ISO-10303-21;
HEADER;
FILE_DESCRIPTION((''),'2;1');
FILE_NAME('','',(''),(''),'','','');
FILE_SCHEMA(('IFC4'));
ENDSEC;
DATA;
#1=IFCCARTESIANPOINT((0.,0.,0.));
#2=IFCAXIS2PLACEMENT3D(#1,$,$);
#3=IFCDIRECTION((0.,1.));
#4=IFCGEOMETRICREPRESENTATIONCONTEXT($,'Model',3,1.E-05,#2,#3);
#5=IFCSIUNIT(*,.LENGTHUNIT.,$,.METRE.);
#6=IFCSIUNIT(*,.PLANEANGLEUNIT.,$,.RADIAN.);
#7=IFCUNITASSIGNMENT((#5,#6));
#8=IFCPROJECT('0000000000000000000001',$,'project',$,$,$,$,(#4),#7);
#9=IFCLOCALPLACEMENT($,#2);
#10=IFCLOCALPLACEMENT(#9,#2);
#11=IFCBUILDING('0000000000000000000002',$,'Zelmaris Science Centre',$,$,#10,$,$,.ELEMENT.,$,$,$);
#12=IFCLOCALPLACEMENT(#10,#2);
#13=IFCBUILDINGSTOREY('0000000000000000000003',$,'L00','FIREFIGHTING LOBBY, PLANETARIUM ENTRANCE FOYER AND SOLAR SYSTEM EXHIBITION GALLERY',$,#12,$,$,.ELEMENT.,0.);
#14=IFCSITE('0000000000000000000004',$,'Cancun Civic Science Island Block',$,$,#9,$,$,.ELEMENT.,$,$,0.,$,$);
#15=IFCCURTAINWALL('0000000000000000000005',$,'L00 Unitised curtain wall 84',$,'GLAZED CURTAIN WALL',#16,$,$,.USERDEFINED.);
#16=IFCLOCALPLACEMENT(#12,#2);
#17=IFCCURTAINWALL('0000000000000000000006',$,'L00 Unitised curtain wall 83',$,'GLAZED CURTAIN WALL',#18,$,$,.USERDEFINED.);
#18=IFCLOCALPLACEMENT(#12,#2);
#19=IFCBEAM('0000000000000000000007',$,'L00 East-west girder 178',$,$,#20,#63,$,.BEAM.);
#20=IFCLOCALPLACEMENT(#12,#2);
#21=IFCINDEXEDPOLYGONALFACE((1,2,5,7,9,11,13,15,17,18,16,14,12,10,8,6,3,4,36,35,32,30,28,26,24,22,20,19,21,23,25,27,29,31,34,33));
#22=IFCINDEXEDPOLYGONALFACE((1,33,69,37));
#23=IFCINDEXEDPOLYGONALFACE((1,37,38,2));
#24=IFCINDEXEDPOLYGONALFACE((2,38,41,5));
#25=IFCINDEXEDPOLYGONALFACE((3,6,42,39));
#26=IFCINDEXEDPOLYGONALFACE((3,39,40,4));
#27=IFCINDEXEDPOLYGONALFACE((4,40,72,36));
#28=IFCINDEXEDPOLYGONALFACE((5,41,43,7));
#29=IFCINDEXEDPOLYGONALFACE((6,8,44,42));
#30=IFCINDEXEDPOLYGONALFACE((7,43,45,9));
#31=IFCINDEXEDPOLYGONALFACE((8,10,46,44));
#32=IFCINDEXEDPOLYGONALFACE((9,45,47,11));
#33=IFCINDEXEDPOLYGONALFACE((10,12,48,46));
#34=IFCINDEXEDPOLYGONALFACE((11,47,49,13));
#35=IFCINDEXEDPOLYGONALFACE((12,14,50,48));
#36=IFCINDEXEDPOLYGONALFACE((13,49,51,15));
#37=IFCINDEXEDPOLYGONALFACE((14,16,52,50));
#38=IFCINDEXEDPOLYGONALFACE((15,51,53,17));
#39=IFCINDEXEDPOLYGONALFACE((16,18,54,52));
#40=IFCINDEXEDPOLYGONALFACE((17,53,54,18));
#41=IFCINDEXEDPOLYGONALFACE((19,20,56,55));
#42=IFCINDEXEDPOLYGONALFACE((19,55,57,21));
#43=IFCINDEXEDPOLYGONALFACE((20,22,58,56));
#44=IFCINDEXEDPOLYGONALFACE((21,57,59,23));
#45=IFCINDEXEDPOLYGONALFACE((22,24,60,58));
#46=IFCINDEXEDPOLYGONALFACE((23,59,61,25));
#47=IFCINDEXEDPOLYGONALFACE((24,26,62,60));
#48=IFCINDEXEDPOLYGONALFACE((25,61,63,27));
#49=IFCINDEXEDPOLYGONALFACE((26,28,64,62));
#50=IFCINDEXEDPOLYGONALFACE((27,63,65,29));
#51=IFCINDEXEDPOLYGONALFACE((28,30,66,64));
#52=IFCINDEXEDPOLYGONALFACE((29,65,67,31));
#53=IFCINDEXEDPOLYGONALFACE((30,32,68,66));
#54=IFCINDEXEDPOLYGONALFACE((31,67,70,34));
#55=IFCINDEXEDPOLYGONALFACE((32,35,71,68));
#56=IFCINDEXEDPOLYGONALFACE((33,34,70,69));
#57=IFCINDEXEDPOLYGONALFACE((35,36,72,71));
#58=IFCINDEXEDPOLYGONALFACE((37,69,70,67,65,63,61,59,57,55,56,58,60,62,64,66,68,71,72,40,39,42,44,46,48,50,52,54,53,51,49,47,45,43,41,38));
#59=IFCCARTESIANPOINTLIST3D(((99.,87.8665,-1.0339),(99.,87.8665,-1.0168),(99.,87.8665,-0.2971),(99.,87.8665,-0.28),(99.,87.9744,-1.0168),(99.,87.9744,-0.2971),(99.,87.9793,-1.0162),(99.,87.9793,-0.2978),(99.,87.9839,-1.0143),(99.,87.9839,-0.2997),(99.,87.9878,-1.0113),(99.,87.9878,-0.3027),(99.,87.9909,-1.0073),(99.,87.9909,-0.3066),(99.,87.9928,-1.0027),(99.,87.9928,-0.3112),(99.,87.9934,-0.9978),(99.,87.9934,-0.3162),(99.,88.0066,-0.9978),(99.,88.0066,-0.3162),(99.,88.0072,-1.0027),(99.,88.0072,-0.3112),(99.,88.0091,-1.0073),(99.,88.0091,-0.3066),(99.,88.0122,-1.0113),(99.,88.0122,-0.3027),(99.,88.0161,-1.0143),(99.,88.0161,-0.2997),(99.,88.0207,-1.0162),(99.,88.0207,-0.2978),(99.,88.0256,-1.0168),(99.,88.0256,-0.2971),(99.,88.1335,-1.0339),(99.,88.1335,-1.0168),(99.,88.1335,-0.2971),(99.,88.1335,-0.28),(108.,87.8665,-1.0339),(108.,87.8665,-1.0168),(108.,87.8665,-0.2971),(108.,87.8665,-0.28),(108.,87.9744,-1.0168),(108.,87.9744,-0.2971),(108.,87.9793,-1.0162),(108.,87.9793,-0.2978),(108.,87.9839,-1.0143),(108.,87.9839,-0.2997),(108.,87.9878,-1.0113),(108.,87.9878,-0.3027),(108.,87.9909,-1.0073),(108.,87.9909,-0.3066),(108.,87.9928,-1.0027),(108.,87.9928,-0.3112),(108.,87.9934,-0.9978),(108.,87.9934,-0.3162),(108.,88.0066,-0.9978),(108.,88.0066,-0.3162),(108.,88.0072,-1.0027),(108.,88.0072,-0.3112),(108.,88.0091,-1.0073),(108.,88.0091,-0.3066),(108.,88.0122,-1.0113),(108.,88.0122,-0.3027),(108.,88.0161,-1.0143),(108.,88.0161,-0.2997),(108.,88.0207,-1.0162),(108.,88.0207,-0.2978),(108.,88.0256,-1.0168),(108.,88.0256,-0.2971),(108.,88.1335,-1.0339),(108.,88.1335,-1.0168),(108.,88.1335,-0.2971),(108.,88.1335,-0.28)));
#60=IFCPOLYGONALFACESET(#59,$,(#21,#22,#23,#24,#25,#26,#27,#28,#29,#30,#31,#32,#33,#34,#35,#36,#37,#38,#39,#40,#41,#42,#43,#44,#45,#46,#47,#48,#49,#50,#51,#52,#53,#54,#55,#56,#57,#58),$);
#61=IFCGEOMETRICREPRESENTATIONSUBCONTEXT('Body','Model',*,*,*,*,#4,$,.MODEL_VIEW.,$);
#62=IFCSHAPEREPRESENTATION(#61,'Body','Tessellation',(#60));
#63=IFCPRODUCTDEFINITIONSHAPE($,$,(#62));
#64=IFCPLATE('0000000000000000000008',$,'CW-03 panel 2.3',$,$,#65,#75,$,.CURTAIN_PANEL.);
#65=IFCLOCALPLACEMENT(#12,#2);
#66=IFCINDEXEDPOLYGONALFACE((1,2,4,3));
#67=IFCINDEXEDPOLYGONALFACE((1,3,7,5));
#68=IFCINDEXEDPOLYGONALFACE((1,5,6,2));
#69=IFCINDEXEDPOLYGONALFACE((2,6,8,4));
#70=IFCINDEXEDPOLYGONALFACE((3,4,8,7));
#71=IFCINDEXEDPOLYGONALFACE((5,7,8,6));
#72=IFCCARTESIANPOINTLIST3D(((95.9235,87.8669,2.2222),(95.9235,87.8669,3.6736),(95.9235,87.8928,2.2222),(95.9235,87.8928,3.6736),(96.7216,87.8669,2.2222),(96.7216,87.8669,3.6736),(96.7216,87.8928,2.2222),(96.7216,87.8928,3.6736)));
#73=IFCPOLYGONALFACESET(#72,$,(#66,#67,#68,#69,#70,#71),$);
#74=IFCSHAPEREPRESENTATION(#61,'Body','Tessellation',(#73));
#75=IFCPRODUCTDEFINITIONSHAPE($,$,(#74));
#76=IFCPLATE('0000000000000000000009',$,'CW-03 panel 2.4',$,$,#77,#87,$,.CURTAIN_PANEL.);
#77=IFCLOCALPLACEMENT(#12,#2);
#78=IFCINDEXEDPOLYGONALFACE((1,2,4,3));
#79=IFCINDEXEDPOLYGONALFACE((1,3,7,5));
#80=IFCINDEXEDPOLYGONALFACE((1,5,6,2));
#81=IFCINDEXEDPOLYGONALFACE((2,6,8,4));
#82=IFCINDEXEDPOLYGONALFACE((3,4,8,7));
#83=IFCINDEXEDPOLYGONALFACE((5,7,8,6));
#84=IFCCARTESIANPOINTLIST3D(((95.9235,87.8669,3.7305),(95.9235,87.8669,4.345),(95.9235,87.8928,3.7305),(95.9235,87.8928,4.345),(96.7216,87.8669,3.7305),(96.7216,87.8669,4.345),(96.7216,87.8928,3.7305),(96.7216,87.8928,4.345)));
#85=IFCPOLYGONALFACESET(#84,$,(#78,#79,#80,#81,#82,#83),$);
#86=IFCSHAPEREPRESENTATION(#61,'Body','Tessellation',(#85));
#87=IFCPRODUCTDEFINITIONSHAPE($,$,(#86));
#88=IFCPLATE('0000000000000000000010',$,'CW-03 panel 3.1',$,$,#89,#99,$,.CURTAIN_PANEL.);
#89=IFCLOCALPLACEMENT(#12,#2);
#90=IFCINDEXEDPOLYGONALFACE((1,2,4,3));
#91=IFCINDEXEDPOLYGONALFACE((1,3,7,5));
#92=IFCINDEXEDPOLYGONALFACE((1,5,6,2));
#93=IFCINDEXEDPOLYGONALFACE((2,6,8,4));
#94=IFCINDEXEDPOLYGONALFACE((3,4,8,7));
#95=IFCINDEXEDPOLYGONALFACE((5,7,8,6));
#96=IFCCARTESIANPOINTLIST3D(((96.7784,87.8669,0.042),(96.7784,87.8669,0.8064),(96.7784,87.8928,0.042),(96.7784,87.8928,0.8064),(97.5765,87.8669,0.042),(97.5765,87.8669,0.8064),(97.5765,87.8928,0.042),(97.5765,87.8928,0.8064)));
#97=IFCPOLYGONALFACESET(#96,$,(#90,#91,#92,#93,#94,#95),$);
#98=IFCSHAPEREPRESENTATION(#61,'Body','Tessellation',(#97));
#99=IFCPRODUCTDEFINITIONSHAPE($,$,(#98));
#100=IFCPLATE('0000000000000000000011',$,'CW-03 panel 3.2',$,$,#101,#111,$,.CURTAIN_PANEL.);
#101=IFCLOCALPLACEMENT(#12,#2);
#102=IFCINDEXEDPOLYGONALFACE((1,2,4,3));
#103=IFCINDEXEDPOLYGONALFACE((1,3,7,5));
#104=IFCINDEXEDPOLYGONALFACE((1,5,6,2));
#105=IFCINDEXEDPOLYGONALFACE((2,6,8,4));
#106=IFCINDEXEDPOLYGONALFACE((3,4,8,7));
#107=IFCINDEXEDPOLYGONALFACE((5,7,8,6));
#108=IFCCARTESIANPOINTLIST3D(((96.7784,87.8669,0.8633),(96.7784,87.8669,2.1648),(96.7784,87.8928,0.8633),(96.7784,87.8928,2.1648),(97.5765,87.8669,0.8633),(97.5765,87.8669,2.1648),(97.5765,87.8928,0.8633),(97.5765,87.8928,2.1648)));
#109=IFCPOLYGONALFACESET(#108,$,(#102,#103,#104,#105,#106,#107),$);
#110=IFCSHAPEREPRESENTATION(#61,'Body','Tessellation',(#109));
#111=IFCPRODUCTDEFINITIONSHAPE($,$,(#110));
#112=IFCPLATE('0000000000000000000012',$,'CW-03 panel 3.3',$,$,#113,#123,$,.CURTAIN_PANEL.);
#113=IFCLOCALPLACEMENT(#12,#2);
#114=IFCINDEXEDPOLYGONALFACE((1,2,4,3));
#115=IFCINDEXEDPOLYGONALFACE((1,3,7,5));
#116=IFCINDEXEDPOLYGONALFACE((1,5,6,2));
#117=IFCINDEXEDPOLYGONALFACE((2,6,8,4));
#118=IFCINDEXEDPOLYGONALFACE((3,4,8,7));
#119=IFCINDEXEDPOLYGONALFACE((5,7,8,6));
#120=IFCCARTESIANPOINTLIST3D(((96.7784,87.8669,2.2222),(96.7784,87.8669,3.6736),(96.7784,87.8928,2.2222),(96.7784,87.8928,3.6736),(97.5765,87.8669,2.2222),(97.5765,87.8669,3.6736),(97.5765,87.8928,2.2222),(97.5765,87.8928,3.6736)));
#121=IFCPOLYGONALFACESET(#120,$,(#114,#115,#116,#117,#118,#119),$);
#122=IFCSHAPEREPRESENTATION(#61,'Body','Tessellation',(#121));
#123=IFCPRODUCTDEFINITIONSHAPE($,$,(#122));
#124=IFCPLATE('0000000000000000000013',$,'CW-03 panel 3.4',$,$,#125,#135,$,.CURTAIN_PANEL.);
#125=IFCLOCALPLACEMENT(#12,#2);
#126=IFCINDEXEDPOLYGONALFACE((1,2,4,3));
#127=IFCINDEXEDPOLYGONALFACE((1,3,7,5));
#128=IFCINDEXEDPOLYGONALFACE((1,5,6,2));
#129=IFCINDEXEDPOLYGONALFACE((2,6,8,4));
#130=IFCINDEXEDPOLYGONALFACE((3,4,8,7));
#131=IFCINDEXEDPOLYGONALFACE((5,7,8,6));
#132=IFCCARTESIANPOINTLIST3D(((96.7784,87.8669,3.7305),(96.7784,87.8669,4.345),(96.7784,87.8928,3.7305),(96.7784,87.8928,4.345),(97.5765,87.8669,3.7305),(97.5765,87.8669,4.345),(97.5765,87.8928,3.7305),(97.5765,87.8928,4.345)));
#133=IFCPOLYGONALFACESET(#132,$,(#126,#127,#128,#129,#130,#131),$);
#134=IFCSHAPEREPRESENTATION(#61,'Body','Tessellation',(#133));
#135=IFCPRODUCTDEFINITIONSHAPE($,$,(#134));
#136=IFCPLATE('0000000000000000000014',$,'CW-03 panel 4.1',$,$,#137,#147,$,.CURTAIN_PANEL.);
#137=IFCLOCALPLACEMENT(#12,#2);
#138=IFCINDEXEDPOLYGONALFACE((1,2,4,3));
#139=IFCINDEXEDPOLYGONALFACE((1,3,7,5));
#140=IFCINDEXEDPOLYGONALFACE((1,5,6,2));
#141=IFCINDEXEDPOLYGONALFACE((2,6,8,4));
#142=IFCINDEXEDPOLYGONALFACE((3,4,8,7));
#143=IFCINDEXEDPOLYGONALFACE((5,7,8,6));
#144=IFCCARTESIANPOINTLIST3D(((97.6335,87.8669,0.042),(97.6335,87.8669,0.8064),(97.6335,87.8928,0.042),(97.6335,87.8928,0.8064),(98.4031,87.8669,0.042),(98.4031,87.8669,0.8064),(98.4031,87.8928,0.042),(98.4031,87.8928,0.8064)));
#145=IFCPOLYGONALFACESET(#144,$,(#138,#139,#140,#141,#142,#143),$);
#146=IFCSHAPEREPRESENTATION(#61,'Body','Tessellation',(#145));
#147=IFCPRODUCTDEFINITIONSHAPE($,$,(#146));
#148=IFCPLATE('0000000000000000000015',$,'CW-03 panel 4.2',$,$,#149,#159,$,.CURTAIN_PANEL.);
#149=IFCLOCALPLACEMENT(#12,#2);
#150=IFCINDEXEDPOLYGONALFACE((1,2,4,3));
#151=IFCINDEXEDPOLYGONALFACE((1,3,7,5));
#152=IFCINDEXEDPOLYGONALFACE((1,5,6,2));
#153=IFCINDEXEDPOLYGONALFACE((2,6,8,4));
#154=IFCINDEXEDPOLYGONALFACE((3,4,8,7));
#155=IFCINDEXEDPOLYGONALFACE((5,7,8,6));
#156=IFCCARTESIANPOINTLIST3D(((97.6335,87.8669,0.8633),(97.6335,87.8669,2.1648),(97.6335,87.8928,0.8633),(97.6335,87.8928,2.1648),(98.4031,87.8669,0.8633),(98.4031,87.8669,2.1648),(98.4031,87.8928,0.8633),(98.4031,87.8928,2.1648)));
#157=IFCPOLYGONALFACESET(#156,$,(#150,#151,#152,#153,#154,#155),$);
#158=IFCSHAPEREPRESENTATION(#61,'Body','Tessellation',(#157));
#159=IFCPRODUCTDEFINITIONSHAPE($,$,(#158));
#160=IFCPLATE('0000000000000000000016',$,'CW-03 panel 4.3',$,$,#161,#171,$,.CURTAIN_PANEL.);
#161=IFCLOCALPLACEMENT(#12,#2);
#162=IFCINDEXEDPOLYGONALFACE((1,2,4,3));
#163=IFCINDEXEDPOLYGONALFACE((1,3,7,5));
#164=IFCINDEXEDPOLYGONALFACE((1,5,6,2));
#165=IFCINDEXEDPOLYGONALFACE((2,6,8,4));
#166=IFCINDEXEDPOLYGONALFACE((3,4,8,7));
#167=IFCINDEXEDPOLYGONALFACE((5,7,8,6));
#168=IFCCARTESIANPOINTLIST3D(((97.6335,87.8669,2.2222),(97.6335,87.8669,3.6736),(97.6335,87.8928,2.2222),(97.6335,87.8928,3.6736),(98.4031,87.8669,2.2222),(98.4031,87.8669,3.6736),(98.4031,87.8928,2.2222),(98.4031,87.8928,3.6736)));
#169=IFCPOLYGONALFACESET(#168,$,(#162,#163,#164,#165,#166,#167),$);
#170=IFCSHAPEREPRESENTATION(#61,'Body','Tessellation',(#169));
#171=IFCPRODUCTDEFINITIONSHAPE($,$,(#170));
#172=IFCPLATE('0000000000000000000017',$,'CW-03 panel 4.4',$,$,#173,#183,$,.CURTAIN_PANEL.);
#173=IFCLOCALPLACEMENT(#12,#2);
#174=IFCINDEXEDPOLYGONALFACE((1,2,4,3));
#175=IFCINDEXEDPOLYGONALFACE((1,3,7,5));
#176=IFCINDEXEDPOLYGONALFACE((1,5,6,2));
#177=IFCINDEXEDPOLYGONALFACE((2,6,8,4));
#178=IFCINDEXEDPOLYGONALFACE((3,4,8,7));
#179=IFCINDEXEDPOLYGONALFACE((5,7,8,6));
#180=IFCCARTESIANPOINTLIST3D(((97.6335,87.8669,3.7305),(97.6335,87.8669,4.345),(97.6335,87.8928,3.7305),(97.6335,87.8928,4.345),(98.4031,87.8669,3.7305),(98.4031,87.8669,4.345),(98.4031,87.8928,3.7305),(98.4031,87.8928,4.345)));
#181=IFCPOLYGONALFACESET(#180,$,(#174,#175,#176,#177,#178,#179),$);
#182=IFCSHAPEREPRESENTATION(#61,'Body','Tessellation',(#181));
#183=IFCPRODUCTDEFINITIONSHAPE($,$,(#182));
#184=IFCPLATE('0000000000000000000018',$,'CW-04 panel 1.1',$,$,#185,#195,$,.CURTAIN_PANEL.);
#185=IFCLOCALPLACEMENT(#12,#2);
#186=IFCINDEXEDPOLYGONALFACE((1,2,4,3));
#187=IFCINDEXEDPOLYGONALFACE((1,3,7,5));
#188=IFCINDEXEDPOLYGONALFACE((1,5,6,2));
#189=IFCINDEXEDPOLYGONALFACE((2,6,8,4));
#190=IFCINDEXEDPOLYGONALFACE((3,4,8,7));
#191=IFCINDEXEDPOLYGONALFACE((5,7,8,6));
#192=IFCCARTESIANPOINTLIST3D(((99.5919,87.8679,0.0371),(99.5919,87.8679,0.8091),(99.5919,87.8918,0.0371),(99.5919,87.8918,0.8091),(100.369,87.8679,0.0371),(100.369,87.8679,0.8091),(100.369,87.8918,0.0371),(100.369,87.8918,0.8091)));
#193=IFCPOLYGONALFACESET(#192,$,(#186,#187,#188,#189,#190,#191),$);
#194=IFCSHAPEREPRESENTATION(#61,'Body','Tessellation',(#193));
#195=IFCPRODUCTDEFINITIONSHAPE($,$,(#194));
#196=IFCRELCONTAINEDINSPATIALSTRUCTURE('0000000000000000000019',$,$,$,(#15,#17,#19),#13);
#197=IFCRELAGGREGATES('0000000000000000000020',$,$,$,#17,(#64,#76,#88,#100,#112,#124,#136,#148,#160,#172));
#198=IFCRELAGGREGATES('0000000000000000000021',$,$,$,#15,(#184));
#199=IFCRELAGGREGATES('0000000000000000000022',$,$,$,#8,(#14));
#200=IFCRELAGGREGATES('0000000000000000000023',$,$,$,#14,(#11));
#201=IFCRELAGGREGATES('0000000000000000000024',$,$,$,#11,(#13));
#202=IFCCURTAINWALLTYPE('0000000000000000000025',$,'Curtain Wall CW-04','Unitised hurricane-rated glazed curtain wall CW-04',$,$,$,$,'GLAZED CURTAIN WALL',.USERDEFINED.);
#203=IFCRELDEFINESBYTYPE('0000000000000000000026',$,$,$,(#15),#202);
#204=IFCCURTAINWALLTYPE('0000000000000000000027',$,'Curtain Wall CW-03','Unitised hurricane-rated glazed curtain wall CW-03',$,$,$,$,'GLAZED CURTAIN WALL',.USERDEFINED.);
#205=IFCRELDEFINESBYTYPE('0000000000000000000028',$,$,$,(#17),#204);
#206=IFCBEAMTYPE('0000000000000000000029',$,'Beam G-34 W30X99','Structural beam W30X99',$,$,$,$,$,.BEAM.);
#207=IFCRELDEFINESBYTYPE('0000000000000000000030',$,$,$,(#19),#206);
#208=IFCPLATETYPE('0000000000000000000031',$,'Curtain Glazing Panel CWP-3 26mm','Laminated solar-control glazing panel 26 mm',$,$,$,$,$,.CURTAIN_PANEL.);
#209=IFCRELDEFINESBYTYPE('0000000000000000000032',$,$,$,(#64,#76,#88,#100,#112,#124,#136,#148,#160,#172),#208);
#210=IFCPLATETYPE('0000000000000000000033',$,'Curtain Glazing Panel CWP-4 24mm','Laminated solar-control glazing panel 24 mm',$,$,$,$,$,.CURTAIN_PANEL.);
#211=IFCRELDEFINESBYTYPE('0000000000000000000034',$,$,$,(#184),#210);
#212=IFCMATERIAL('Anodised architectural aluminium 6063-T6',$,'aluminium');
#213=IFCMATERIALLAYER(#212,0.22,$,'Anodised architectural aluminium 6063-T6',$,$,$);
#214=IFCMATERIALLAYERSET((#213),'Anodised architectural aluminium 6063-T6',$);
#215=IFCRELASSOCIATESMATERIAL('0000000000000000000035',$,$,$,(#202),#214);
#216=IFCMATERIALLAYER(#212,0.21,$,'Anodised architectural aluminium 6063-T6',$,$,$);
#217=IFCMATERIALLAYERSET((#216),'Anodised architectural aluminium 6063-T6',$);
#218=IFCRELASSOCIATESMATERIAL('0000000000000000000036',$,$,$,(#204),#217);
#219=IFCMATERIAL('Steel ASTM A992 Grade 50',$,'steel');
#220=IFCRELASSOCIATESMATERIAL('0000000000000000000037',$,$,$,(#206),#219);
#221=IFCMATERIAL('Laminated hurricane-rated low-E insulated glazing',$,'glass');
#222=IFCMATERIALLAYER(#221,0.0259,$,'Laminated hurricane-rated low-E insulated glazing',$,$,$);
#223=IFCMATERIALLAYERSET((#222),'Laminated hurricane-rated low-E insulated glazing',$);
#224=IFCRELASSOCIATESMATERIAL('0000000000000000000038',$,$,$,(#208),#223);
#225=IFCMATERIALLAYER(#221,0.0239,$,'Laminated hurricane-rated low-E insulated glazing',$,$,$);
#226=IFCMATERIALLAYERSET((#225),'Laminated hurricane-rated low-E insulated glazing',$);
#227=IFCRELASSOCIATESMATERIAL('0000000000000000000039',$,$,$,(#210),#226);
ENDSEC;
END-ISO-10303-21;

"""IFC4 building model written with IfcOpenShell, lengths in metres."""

from ifc_helpers import new_model, si_unit, direction, frame, origin, origin_2d, place, context, subcontext, project, spatial, rectangle, i_section, extrude, material, layer, layer_set, material_profile, profile_set, type_object, element, aggregate, save


model = new_model("IFC4")

# Units and contexts
model_context = context("Model", 3, precision=1e-05, world=origin(), true_north=direction((0.0, 1.0)))
body_context = subcontext(model_context, "Body", "Model", "MODEL_VIEW")
ifc_project = project(units=[si_unit("LENGTHUNIT", "METRE"), si_unit("PLANEANGLEUNIT", "RADIAN")], contexts=[model_context])

# Site, building, storey
site_placement = place(None, origin())
site = spatial("IfcSite", under=ifc_project, at=site_placement, Name="Cancun Civic Science Island Block", CompositionType="ELEMENT", RefElevation=0.0)
building_placement = place(site_placement, origin())
building = spatial("IfcBuilding", under=site, at=building_placement, Name="Zelmaris Science Centre", CompositionType="ELEMENT")
storey_placement = place(building_placement, origin())
storey = spatial("IfcBuildingStorey", under=building, at=storey_placement, Name="L00", Description="FIREFIGHTING LOBBY, PLANETARIUM ENTRANCE FOYER AND SOLAR SYSTEM EXHIBITION GALLERY", CompositionType="ELEMENT", Elevation=0.0)

# Shared definitions
ifc_material_1 = material(Name="Steel ASTM A992 Grade 50", Category="steel")

# Curtain wall
ifc_material_2 = material(Name="Anodised architectural aluminium 6063-T6", Category="aluminium")
ifc_layer_1 = layer(ifc_material_2, 0.22, Name="Anodised architectural aluminium 6063-T6")
ifc_layer_set_1 = layer_set([ifc_layer_1], Name="Anodised architectural aluminium 6063-T6")
curtain_wall_type_1 = type_object("IfcCurtainWallType", Name="Curtain Wall CW-04", Description="Unitised hurricane-rated glazed curtain wall CW-04", ElementType="GLAZED CURTAIN WALL", PredefinedType="USERDEFINED", material=ifc_layer_set_1)
curtain_wall_1_placement = place(storey_placement, origin())
curtain_wall_1 = element("IfcCurtainWall", 1, at=curtain_wall_1_placement, inside=storey, type_object=curtain_wall_type_1, Name="L00 Unitised curtain wall 84", ObjectType="GLAZED CURTAIN WALL", PredefinedType="USERDEFINED")

# Curtain wall
ifc_layer_2 = layer(ifc_material_2, 0.21, Name="Anodised architectural aluminium 6063-T6")
ifc_layer_set_2 = layer_set([ifc_layer_2], Name="Anodised architectural aluminium 6063-T6")
curtain_wall_type_2 = type_object("IfcCurtainWallType", Name="Curtain Wall CW-03", Description="Unitised hurricane-rated glazed curtain wall CW-03", ElementType="GLAZED CURTAIN WALL", PredefinedType="USERDEFINED", material=ifc_layer_set_2)
curtain_wall_2_placement = place(storey_placement, origin())
curtain_wall_2 = element("IfcCurtainWall", 2, at=curtain_wall_2_placement, inside=storey, type_object=curtain_wall_type_2, Name="L00 Unitised curtain wall 83", ObjectType="GLAZED CURTAIN WALL", PredefinedType="USERDEFINED")

# Beam
ifc_material_profile_1 = material_profile(ifc_material_1, i_section(OverallWidth=0.2671, OverallDepth=0.7539, WebThickness=0.0132, FlangeThickness=0.0171, FilletRadius=0.019, at=origin_2d()), Name="W30X99")
ifc_profile_set_1 = profile_set([ifc_material_profile_1], Name="Steel ASTM A992 Grade 50")
beam_type = type_object("IfcBeamType", Name="Beam G-34 W30X99", Description="Structural beam W30X99", PredefinedType="BEAM", material=ifc_profile_set_1)
beam_placement = place(storey_placement, frame((99.0, 88.0, -0.657), z_axis=(1.0, 0.0, 0.0), x_axis=(0.0, 1.0, 0.0)))
element("IfcBeam", 3, at=beam_placement, inside=storey, type_object=beam_type, Name="L00 East-west girder 178", PredefinedType="BEAM", context=body_context, shape_type="SweptSolid", body=[
    extrude(i_section(OverallWidth=0.2671, OverallDepth=0.7539, WebThickness=0.0132, FlangeThickness=0.0171, FilletRadius=0.019, at=origin_2d()), origin(), (0.0, 0.0, 1.0), 9.0),
])

# Plates
ifc_material_3 = material(Name="Laminated hurricane-rated low-E insulated glazing", Category="glass")
ifc_layer_3 = layer(ifc_material_3, 0.0259, Name="Laminated hurricane-rated low-E insulated glazing")
ifc_layer_set_3 = layer_set([ifc_layer_3], Name="Laminated hurricane-rated low-E insulated glazing")
plate_type_1 = type_object("IfcPlateType", Name="Curtain Glazing Panel CWP-3 26mm", Description="Laminated solar-control glazing panel 26 mm", PredefinedType="CURTAIN_PANEL", material=ifc_layer_set_3)
plate_1_placement = place(storey_placement, frame((96.3225, 87.8799, 2.2222), z_axis=(0.0, 0.0, 1.0), x_axis=(1.0, 0.0, 0.0)))
plate_1 = element("IfcPlate", 4, at=plate_1_placement, type_object=plate_type_1, Name="CW-03 panel 2.3", PredefinedType="CURTAIN_PANEL", context=body_context, shape_type="SweptSolid", body=[
    extrude(rectangle(XDim=0.7981, YDim=0.0259, at=origin_2d()), origin(), (0.0, 0.0, 1.0), 1.4514),
])
plate_2_placement = place(storey_placement, frame((96.3225, 87.8799, 3.7305), z_axis=(0.0, 0.0, 1.0), x_axis=(1.0, 0.0, 0.0)))
plate_2 = element("IfcPlate", 5, at=plate_2_placement, type_object=plate_type_1, Name="CW-03 panel 2.4", PredefinedType="CURTAIN_PANEL", context=body_context, shape_type="SweptSolid", body=[
    extrude(rectangle(XDim=0.7981, YDim=0.0259, at=origin_2d()), origin(), (0.0, 0.0, 1.0), 0.6145),
])
plate_3_placement = place(storey_placement, frame((97.1775, 87.8799, 0.042), z_axis=(0.0, 0.0, 1.0), x_axis=(1.0, 0.0, 0.0)))
plate_3 = element("IfcPlate", 6, at=plate_3_placement, type_object=plate_type_1, Name="CW-03 panel 3.1", PredefinedType="CURTAIN_PANEL", context=body_context, shape_type="SweptSolid", body=[
    extrude(rectangle(XDim=0.7981, YDim=0.0259, at=origin_2d()), origin(), (0.0, 0.0, 1.0), 0.7644),
])
plate_4_placement = place(storey_placement, frame((97.1775, 87.8799, 0.8633), z_axis=(0.0, 0.0, 1.0), x_axis=(1.0, 0.0, 0.0)))
plate_4 = element("IfcPlate", 7, at=plate_4_placement, type_object=plate_type_1, Name="CW-03 panel 3.2", PredefinedType="CURTAIN_PANEL", context=body_context, shape_type="SweptSolid", body=[
    extrude(rectangle(XDim=0.7981, YDim=0.0259, at=origin_2d()), origin(), (0.0, 0.0, 1.0), 1.3015),
])
plate_5_placement = place(storey_placement, frame((97.1775, 87.8799, 2.2222), z_axis=(0.0, 0.0, 1.0), x_axis=(1.0, 0.0, 0.0)))
plate_5 = element("IfcPlate", 8, at=plate_5_placement, type_object=plate_type_1, Name="CW-03 panel 3.3", PredefinedType="CURTAIN_PANEL", context=body_context, shape_type="SweptSolid", body=[
    extrude(rectangle(XDim=0.7981, YDim=0.0259, at=origin_2d()), origin(), (0.0, 0.0, 1.0), 1.4514),
])
plate_6_placement = place(storey_placement, frame((97.1775, 87.8799, 3.7305), z_axis=(0.0, 0.0, 1.0), x_axis=(1.0, 0.0, 0.0)))
plate_6 = element("IfcPlate", 9, at=plate_6_placement, type_object=plate_type_1, Name="CW-03 panel 3.4", PredefinedType="CURTAIN_PANEL", context=body_context, shape_type="SweptSolid", body=[
    extrude(rectangle(XDim=0.7981, YDim=0.0259, at=origin_2d()), origin(), (0.0, 0.0, 1.0), 0.6145),
])
plate_7_placement = place(storey_placement, frame((98.0183, 87.8799, 0.042), z_axis=(0.0, 0.0, 1.0), x_axis=(1.0, 0.0, 0.0)))
plate_7 = element("IfcPlate", 10, at=plate_7_placement, type_object=plate_type_1, Name="CW-03 panel 4.1", PredefinedType="CURTAIN_PANEL", context=body_context, shape_type="SweptSolid", body=[
    extrude(rectangle(XDim=0.7695, YDim=0.0259, at=origin_2d()), origin(), (0.0, 0.0, 1.0), 0.7644),
])
plate_8_placement = place(storey_placement, frame((98.0183, 87.8799, 0.8633), z_axis=(0.0, 0.0, 1.0), x_axis=(1.0, 0.0, 0.0)))
plate_8 = element("IfcPlate", 11, at=plate_8_placement, type_object=plate_type_1, Name="CW-03 panel 4.2", PredefinedType="CURTAIN_PANEL", context=body_context, shape_type="SweptSolid", body=[
    extrude(rectangle(XDim=0.7695, YDim=0.0259, at=origin_2d()), origin(), (0.0, 0.0, 1.0), 1.3015),
])
plate_9_placement = place(storey_placement, frame((98.0183, 87.8799, 2.2222), z_axis=(0.0, 0.0, 1.0), x_axis=(1.0, 0.0, 0.0)))
plate_9 = element("IfcPlate", 12, at=plate_9_placement, type_object=plate_type_1, Name="CW-03 panel 4.3", PredefinedType="CURTAIN_PANEL", context=body_context, shape_type="SweptSolid", body=[
    extrude(rectangle(XDim=0.7695, YDim=0.0259, at=origin_2d()), origin(), (0.0, 0.0, 1.0), 1.4514),
])
plate_10_placement = place(storey_placement, frame((98.0183, 87.8799, 3.7305), z_axis=(0.0, 0.0, 1.0), x_axis=(1.0, 0.0, 0.0)))
plate_10 = element("IfcPlate", 13, at=plate_10_placement, type_object=plate_type_1, Name="CW-03 panel 4.4", PredefinedType="CURTAIN_PANEL", context=body_context, shape_type="SweptSolid", body=[
    extrude(rectangle(XDim=0.7695, YDim=0.0259, at=origin_2d()), origin(), (0.0, 0.0, 1.0), 0.6145),
])
aggregate(curtain_wall_2, [plate_1, plate_2, plate_3, plate_4, plate_5, plate_6, plate_7, plate_8, plate_9, plate_10])
ifc_layer_4 = layer(ifc_material_3, 0.0239, Name="Laminated hurricane-rated low-E insulated glazing")
ifc_layer_set_4 = layer_set([ifc_layer_4], Name="Laminated hurricane-rated low-E insulated glazing")
plate_type_2 = type_object("IfcPlateType", Name="Curtain Glazing Panel CWP-4 24mm", Description="Laminated solar-control glazing panel 24 mm", PredefinedType="CURTAIN_PANEL", material=ifc_layer_set_4)
plate_11_placement = place(storey_placement, frame((99.9805, 87.8799, 0.0371), z_axis=(0.0, 0.0, 1.0), x_axis=(1.0, 0.0, 0.0)))
plate_11 = element("IfcPlate", 14, at=plate_11_placement, type_object=plate_type_2, Name="CW-04 panel 1.1", PredefinedType="CURTAIN_PANEL", context=body_context, shape_type="SweptSolid", body=[
    extrude(rectangle(XDim=0.7771, YDim=0.0239, at=origin_2d()), origin(), (0.0, 0.0, 1.0), 0.772),
])
aggregate(curtain_wall_1, [plate_11])

save(model, "model.ifc")
